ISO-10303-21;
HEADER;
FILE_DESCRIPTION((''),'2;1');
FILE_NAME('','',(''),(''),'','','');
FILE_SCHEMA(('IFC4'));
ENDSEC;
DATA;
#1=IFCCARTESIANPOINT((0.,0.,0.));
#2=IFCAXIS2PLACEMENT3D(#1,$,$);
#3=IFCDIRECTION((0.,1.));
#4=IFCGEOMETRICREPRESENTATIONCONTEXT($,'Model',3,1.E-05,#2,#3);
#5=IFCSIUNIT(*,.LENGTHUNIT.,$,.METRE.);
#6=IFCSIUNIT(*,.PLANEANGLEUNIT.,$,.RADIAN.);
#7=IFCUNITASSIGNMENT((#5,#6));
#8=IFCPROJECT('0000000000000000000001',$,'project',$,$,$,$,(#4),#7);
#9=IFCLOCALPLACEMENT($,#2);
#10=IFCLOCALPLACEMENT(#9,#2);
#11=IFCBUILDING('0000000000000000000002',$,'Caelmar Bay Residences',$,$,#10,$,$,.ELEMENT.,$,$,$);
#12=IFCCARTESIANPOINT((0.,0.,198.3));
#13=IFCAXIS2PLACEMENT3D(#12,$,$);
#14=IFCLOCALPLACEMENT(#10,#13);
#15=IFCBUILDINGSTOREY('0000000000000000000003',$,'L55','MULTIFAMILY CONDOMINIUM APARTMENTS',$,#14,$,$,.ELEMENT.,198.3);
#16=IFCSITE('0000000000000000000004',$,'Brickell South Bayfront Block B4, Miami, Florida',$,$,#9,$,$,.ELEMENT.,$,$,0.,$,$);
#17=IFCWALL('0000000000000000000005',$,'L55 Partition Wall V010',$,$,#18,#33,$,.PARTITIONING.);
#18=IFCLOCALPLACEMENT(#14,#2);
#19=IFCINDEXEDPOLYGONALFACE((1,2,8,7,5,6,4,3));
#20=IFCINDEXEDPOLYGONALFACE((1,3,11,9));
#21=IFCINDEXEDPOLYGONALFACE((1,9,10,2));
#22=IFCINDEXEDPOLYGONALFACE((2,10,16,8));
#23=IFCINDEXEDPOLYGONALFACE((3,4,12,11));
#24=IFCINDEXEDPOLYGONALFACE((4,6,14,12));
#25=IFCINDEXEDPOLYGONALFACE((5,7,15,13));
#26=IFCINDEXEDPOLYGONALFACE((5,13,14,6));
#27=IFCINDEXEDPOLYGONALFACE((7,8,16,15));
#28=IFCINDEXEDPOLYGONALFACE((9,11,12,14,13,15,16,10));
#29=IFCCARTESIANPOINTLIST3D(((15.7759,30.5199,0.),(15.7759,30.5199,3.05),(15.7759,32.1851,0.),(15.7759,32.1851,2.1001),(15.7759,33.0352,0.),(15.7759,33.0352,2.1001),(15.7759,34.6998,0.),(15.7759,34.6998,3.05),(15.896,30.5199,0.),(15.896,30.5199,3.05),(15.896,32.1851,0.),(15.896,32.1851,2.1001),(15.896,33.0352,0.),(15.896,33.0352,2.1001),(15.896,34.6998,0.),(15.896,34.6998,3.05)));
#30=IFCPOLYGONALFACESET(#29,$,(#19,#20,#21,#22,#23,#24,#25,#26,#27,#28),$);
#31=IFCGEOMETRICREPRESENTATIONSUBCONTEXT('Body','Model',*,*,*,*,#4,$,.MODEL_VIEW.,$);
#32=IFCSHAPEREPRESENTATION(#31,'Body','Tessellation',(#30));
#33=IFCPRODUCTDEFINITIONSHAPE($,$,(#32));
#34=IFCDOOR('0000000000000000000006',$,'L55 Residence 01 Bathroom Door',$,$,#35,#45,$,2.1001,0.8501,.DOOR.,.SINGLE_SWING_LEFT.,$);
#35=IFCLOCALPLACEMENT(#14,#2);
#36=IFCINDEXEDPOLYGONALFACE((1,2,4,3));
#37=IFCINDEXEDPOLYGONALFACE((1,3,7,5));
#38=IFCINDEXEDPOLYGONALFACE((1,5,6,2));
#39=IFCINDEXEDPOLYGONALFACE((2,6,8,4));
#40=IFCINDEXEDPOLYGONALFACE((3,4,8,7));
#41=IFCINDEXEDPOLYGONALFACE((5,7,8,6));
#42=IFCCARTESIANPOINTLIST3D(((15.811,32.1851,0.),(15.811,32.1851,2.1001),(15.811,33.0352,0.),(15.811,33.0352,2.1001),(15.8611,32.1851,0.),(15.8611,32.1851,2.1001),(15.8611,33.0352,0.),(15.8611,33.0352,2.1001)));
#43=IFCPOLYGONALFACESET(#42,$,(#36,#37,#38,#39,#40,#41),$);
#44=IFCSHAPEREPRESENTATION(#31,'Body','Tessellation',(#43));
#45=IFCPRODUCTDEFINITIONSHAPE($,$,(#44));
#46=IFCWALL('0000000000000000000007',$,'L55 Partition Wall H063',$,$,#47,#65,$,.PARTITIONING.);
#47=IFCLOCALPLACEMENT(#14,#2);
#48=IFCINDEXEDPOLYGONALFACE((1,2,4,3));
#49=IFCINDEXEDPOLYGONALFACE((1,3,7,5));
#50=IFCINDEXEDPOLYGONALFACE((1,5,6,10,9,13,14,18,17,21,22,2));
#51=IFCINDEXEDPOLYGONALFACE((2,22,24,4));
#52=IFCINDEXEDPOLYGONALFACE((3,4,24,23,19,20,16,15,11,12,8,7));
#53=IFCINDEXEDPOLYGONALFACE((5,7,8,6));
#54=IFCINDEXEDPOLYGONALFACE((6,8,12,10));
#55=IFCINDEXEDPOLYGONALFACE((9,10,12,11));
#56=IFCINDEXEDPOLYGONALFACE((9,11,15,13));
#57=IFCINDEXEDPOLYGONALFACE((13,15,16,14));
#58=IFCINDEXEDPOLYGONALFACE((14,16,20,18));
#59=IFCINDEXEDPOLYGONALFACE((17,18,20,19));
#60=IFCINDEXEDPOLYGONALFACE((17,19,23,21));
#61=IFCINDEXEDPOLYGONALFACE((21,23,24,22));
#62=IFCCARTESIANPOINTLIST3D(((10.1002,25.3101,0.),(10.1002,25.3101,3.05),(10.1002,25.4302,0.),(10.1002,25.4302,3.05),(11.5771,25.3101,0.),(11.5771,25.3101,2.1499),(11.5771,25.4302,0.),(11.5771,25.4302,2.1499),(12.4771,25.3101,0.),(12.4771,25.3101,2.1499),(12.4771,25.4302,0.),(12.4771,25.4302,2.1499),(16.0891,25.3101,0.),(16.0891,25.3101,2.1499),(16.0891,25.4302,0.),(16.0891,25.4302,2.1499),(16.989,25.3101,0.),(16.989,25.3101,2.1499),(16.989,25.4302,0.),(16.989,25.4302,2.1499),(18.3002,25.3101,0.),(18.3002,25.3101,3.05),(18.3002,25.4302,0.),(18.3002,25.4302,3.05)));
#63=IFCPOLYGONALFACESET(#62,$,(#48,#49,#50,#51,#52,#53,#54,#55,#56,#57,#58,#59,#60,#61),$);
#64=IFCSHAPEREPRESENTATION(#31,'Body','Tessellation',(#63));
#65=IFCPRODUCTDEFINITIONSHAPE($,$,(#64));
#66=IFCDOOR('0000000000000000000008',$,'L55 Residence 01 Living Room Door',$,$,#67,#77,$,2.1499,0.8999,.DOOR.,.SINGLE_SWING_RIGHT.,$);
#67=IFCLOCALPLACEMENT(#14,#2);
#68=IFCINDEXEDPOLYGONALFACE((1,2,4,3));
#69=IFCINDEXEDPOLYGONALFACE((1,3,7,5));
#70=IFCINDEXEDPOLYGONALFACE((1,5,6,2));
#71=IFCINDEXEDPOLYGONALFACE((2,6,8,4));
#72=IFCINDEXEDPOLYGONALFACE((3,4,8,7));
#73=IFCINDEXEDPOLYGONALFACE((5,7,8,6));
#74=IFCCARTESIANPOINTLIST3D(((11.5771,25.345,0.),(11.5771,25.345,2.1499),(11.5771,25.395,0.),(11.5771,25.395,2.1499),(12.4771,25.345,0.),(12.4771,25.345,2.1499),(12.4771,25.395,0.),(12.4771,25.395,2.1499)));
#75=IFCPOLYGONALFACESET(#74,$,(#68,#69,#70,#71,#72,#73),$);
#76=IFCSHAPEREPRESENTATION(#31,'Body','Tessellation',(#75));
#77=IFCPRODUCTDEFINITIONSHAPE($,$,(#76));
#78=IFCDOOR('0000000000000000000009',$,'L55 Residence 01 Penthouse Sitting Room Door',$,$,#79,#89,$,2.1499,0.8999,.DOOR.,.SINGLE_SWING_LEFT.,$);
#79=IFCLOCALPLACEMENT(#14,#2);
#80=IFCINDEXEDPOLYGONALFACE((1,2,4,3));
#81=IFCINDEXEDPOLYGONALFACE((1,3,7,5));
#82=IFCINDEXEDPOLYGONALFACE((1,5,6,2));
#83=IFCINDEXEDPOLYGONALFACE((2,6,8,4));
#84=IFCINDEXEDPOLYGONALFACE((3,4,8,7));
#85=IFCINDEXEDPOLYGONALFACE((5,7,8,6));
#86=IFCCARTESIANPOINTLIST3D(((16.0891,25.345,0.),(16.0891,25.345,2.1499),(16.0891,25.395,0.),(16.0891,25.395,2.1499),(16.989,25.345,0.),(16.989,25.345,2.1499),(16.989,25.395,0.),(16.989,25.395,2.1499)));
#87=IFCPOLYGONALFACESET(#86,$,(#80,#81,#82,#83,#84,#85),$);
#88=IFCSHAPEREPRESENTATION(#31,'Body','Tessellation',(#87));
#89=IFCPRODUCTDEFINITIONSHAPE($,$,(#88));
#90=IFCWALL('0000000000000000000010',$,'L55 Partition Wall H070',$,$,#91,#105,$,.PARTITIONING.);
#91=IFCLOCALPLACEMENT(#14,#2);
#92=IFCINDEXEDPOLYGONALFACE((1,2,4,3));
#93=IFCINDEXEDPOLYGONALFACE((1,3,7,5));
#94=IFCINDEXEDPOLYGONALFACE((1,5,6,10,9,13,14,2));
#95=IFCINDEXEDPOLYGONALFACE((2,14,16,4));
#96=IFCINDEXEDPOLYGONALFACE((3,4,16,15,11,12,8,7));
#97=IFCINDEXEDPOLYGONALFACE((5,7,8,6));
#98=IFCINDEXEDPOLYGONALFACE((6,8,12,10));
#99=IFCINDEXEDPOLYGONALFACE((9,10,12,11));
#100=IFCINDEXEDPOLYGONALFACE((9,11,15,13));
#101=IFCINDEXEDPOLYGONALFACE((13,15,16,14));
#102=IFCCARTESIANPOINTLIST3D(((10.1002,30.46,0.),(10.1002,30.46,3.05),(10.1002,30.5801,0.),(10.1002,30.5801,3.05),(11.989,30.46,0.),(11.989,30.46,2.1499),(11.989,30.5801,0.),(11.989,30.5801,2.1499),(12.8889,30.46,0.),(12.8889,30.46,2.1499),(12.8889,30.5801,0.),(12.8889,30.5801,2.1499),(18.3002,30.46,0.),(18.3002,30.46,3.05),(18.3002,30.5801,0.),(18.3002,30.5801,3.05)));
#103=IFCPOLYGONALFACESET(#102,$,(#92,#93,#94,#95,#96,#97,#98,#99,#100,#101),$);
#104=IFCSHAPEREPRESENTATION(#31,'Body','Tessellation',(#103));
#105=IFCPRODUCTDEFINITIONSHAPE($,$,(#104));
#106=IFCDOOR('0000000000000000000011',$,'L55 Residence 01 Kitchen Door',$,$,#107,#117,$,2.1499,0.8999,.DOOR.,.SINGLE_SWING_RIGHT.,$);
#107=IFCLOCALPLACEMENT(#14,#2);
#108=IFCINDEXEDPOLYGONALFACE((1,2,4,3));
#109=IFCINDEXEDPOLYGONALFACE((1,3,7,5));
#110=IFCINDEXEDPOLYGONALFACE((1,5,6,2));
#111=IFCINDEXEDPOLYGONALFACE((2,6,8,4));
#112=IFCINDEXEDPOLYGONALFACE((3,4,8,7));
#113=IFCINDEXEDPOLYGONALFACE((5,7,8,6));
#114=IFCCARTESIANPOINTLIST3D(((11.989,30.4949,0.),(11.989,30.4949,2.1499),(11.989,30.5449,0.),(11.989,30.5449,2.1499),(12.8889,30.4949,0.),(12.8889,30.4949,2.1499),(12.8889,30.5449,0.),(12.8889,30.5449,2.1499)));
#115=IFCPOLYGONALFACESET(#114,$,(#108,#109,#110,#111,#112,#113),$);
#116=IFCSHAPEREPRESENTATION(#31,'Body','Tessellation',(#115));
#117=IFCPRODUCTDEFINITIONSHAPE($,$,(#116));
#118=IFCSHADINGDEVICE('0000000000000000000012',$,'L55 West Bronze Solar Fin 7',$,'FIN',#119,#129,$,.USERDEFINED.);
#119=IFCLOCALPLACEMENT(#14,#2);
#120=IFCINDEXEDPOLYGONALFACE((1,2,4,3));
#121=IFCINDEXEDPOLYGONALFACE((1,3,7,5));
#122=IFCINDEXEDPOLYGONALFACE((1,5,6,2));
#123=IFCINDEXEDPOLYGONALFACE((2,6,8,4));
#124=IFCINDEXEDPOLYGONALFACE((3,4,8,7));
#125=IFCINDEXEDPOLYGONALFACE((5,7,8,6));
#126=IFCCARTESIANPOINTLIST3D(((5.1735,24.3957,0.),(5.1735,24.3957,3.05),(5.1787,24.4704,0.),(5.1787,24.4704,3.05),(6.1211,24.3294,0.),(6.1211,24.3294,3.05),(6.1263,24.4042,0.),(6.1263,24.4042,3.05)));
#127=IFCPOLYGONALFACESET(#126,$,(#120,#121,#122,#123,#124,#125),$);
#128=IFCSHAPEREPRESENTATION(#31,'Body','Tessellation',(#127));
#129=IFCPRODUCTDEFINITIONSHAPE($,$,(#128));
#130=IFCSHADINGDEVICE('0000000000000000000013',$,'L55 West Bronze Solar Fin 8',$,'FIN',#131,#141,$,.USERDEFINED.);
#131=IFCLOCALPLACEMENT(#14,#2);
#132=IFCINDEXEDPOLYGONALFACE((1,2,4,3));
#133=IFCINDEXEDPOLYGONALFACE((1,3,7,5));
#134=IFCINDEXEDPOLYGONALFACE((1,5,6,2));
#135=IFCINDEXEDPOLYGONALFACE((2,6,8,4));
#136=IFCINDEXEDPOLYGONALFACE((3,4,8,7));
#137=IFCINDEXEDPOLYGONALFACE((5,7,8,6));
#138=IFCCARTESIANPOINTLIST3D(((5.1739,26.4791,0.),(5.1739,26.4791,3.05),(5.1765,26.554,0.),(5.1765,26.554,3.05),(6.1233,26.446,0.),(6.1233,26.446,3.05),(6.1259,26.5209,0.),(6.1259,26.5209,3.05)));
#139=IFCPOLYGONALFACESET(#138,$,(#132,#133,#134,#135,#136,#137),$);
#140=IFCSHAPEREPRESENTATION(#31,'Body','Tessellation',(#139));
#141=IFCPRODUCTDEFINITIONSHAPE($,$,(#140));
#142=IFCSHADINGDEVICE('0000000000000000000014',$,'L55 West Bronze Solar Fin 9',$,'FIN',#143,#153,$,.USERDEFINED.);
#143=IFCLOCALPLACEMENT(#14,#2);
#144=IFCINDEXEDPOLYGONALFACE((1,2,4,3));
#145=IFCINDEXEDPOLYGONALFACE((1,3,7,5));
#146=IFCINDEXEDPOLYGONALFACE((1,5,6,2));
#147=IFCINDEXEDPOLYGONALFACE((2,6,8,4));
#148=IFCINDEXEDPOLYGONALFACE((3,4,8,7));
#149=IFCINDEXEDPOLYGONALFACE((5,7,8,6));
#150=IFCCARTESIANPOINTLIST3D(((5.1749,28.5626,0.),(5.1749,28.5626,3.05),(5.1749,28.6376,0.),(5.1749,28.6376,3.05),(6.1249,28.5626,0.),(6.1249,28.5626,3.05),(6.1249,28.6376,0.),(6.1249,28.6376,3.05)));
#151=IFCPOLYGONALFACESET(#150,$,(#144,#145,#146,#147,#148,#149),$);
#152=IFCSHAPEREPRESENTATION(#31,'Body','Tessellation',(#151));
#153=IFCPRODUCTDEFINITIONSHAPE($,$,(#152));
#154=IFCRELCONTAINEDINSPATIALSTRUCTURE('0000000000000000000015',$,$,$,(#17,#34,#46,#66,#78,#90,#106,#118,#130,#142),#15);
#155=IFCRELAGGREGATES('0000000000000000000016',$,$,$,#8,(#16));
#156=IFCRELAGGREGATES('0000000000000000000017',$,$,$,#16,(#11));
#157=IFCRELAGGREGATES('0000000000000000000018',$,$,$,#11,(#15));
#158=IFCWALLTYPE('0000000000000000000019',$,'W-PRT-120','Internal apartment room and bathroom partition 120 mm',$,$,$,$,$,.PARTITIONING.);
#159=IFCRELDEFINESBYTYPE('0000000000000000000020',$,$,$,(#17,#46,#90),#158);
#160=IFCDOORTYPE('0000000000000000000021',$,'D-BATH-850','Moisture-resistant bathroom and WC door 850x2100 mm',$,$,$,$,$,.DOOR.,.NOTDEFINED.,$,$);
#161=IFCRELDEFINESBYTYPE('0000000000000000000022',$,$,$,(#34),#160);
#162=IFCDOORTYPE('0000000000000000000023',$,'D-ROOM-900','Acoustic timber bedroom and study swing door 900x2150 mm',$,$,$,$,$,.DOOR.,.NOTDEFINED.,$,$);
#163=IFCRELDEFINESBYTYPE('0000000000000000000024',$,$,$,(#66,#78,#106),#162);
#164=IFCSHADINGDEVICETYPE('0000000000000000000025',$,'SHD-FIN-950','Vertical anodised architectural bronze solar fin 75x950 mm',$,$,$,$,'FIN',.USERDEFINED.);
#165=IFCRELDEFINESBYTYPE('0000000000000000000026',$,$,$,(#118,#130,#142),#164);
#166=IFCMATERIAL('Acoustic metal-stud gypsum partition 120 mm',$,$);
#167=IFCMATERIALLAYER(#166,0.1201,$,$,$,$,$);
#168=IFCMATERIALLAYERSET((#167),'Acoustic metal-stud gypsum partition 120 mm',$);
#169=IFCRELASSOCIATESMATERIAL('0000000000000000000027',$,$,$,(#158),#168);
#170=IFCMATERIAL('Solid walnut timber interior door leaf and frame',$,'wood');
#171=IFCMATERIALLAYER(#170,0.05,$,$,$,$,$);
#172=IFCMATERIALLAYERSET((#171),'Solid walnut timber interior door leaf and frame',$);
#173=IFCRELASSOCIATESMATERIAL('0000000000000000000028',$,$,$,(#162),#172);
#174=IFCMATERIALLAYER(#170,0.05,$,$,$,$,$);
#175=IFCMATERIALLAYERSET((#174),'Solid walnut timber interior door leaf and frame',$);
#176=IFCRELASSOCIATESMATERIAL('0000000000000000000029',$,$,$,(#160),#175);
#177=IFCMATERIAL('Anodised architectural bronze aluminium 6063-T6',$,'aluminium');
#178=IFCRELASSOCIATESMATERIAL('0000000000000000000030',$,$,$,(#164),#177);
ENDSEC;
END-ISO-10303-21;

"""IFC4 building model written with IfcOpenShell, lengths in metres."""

from ifc_helpers import new_model, si_unit, direction, frame, frame_2d, origin, origin_2d, place, context, subcontext, project, spatial, rectangle, extrude, material, layer, layer_set, material_profile, profile_set, type_object, element, fill, save


model = new_model("IFC4")

# Units and contexts
model_context = context("Model", 3, precision=1e-05, world=origin(), true_north=direction((0.0, 1.0)))
body_context = subcontext(model_context, "Body", "Model", "MODEL_VIEW")
ifc_project = project(units=[si_unit("LENGTHUNIT", "METRE"), si_unit("PLANEANGLEUNIT", "RADIAN")], contexts=[model_context])

# Site, building, storey
site_placement = place(None, origin())
site = spatial("IfcSite", under=ifc_project, at=site_placement, Name="Brickell South Bayfront Block B4, Miami, Florida", CompositionType="ELEMENT", RefElevation=0.0)
building_placement = place(site_placement, origin())
building = spatial("IfcBuilding", under=site, at=building_placement, Name="Caelmar Bay Residences", CompositionType="ELEMENT")
storey_placement = place(building_placement, frame((0.0, 0.0, 198.3)))
storey = spatial("IfcBuildingStorey", under=building, at=storey_placement, Name="L55", Description="MULTIFAMILY CONDOMINIUM APARTMENTS", CompositionType="ELEMENT", Elevation=198.3)

# Wall, opening, door
ifc_material_1 = material(Name="Acoustic metal-stud gypsum partition 120 mm")
ifc_layer_1 = layer(ifc_material_1, 0.1201)
ifc_layer_set_1 = layer_set([ifc_layer_1], Name="Acoustic metal-stud gypsum partition 120 mm")
wall_type_1 = type_object("IfcWallType", Name="W-PRT-120", Description="Internal apartment room and bathroom partition 120 mm", PredefinedType="PARTITIONING", material=ifc_layer_set_1)
ifc_material_2 = material(Name="Solid walnut timber interior door leaf and frame", Category="wood")
ifc_layer_2 = layer(ifc_material_2, 0.05)
ifc_layer_set_2 = layer_set([ifc_layer_2], Name="Solid walnut timber interior door leaf and frame")
door_type_1 = type_object("IfcDoorType", Name="D-ROOM-900", Description="Acoustic timber bedroom and study swing door 900x2150 mm", OperationType="NOTDEFINED", PredefinedType="DOOR", material=ifc_layer_set_2)
wall_1_placement = place(storey_placement, frame((15.8359, 30.52, 0.0), z_axis=(0.0, 0.0, 1.0), x_axis=(0.0, 1.0, 0.0)))
wall_1 = element("IfcWall", 1, at=wall_1_placement, inside=storey, type_object=wall_type_1, Name="L55 Partition Wall V010", PredefinedType="PARTITIONING", context=body_context, shape_type="SweptSolid", body=[
    extrude(rectangle(XDim=4.1799, YDim=0.1201, at=frame_2d((2.0898, 0.0))), origin(), (0.0, 0.0, 1.0), 3.05),
])
opening_1_placement = place(wall_1_placement, frame((1.665, 0.0, 0.0)))
opening_1 = element("IfcOpeningElement", 2, at=opening_1_placement, cuts=wall_1, PredefinedType="OPENING", context=body_context, shape_type="SweptSolid", body=[
    extrude(rectangle(XDim=0.8501, YDim=2.1001, at=frame_2d((0.425, 1.05))), frame((0.0, 0.0701, 0.0), z_axis=(0.0, -1.0, 0.0), x_axis=(1.0, 0.0, 0.0)), (0.0, 0.0, 1.0), 0.1401),
])
ifc_layer_3 = layer(ifc_material_2, 0.05)
ifc_layer_set_3 = layer_set([ifc_layer_3], Name="Solid walnut timber interior door leaf and frame")
door_type_2 = type_object("IfcDoorType", Name="D-BATH-850", Description="Moisture-resistant bathroom and WC door 850x2100 mm", OperationType="NOTDEFINED", PredefinedType="DOOR", material=ifc_layer_set_3)
door_1_placement = place(opening_1_placement, origin())
door_1 = element("IfcDoor", 3, at=door_1_placement, inside=storey, type_object=door_type_2, Name="L55 Residence 01 Bathroom Door", OperationType="SINGLE_SWING_LEFT", OverallHeight=2.1001, OverallWidth=0.8501, PredefinedType="DOOR", context=body_context, shape_type="SweptSolid", body=[
    extrude(rectangle(XDim=0.8501, YDim=2.1001, at=frame_2d((0.425, 1.05))), frame((0.0, 0.0249, 0.0), z_axis=(0.0, -1.0, 0.0), x_axis=(1.0, 0.0, 0.0)), (0.0, 0.0, 1.0), 0.05),
])
fill(opening_1, door_1)

# Wall, openings, doors
wall_2_placement = place(storey_placement, frame((10.1001, 25.3701, 0.0), z_axis=(0.0, 0.0, 1.0), x_axis=(1.0, 0.0, 0.0)))
wall_2 = element("IfcWall", 4, at=wall_2_placement, inside=storey, type_object=wall_type_1, Name="L55 Partition Wall H063", PredefinedType="PARTITIONING", context=body_context, shape_type="SweptSolid", body=[
    extrude(rectangle(XDim=8.2, YDim=0.1201, at=frame_2d((4.1001, 0.0))), origin(), (0.0, 0.0, 1.0), 3.05),
])
opening_2_placement = place(wall_2_placement, frame((1.4771, 0.0, 0.0)))
opening_2 = element("IfcOpeningElement", 5, at=opening_2_placement, cuts=wall_2, PredefinedType="OPENING", context=body_context, shape_type="SweptSolid", body=[
    extrude(rectangle(XDim=0.8999, YDim=2.1499, at=frame_2d((0.45, 1.075))), frame((0.0, 0.0701, 0.0), z_axis=(0.0, -1.0, 0.0), x_axis=(1.0, 0.0, 0.0)), (0.0, 0.0, 1.0), 0.1401),
])
opening_3_placement = place(wall_2_placement, frame((5.989, 0.0, 0.0)))
opening_3 = element("IfcOpeningElement", 6, at=opening_3_placement, cuts=wall_2, PredefinedType="OPENING", context=body_context, shape_type="SweptSolid", body=[
    extrude(rectangle(XDim=0.8999, YDim=2.1499, at=frame_2d((0.45, 1.075))), frame((0.0, 0.0701, 0.0), z_axis=(0.0, -1.0, 0.0), x_axis=(1.0, 0.0, 0.0)), (0.0, 0.0, 1.0), 0.1401),
])
door_2_placement = place(opening_2_placement, origin())
door_2 = element("IfcDoor", 7, at=door_2_placement, inside=storey, type_object=door_type_1, Name="L55 Residence 01 Living Room Door", OperationType="SINGLE_SWING_RIGHT", OverallHeight=2.1499, OverallWidth=0.8999, PredefinedType="DOOR", context=body_context, shape_type="SweptSolid", body=[
    extrude(rectangle(XDim=0.8999, YDim=2.1499, at=frame_2d((0.45, 1.075))), frame((0.0, 0.0249, 0.0), z_axis=(0.0, -1.0, 0.0), x_axis=(1.0, 0.0, 0.0)), (0.0, 0.0, 1.0), 0.05),
])
fill(opening_2, door_2)
door_3_placement = place(opening_3_placement, origin())
door_3 = element("IfcDoor", 8, at=door_3_placement, inside=storey, type_object=door_type_1, Name="L55 Residence 01 Penthouse Sitting Room Door", OperationType="SINGLE_SWING_LEFT", OverallHeight=2.1499, OverallWidth=0.8999, PredefinedType="DOOR", context=body_context, shape_type="SweptSolid", body=[
    extrude(rectangle(XDim=0.8999, YDim=2.1499, at=frame_2d((0.45, 1.075))), frame((0.0, 0.0249, 0.0), z_axis=(0.0, -1.0, 0.0), x_axis=(1.0, 0.0, 0.0)), (0.0, 0.0, 1.0), 0.05),
])
fill(opening_3, door_3)

# Wall, opening, door
wall_3_placement = place(storey_placement, frame((10.1001, 30.52, 0.0), z_axis=(0.0, 0.0, 1.0), x_axis=(1.0, 0.0, 0.0)))
wall_3 = element("IfcWall", 9, at=wall_3_placement, inside=storey, type_object=wall_type_1, Name="L55 Partition Wall H070", PredefinedType="PARTITIONING", context=body_context, shape_type="SweptSolid", body=[
    extrude(rectangle(XDim=8.2, YDim=0.1201, at=frame_2d((4.1001, 0.0))), origin(), (0.0, 0.0, 1.0), 3.05),
])
opening_4_placement = place(wall_3_placement, frame((1.8889, 0.0, 0.0)))
opening_4 = element("IfcOpeningElement", 10, at=opening_4_placement, cuts=wall_3, PredefinedType="OPENING", context=body_context, shape_type="SweptSolid", body=[
    extrude(rectangle(XDim=0.8999, YDim=2.1499, at=frame_2d((0.45, 1.075))), frame((0.0, 0.0701, 0.0), z_axis=(0.0, -1.0, 0.0), x_axis=(1.0, 0.0, 0.0)), (0.0, 0.0, 1.0), 0.1401),
])
door_4_placement = place(opening_4_placement, origin())
door_4 = element("IfcDoor", 11, at=door_4_placement, inside=storey, type_object=door_type_1, Name="L55 Residence 01 Kitchen Door", OperationType="SINGLE_SWING_RIGHT", OverallHeight=2.1499, OverallWidth=0.8999, PredefinedType="DOOR", context=body_context, shape_type="SweptSolid", body=[
    extrude(rectangle(XDim=0.8999, YDim=2.1499, at=frame_2d((0.45, 1.075))), frame((0.0, 0.0249, 0.0), z_axis=(0.0, -1.0, 0.0), x_axis=(1.0, 0.0, 0.0)), (0.0, 0.0, 1.0), 0.05),
])
fill(opening_4, door_4)

# Shading devices
ifc_material_3 = material(Name="Anodised architectural bronze aluminium 6063-T6", Category="aluminium")
ifc_material_profile_1 = material_profile(ifc_material_3, rectangle(XDim=0.075, YDim=0.95, at=origin_2d()), Name="BRONZE-FIN-75X950")
ifc_profile_set_1 = profile_set([ifc_material_profile_1], Name="Anodised architectural bronze aluminium 6063-T6")
shading_device_type = type_object("IfcShadingDeviceType", Name="SHD-FIN-950", Description="Vertical anodised architectural bronze solar fin 75x950 mm", ElementType="FIN", PredefinedType="USERDEFINED", material=ifc_profile_set_1)
for number, where, z_axis, x_axis, name in (
    (12, (5.6499, 24.3999, 0.0), (0.0, 0.0, 1.0), (0.069756, 0.997564, 0.0), "L55 West Bronze Solar Fin 7"),
    (13, (5.6499, 26.5, 0.0), (0.0, 0.0, 1.0), (0.034899, 0.999391, 0.0), "L55 West Bronze Solar Fin 8"),
    (14, (5.6499, 28.6001, 0.0), (0.0, 0.0, 1.0), (0.0, 1.0, 0.0), "L55 West Bronze Solar Fin 9"),
):
    element("IfcShadingDevice", number, at=place(storey_placement, frame(where, z_axis=z_axis, x_axis=x_axis)), inside=storey, type_object=shading_device_type, Name=name, ObjectType="FIN", PredefinedType="USERDEFINED", context=body_context, shape_type="SweptSolid", body=[
        extrude(rectangle(XDim=0.075, YDim=0.95, at=origin_2d()), origin(), (0.0, 0.0, 1.0), 3.05),
    ])

save(model, "model.ifc")
